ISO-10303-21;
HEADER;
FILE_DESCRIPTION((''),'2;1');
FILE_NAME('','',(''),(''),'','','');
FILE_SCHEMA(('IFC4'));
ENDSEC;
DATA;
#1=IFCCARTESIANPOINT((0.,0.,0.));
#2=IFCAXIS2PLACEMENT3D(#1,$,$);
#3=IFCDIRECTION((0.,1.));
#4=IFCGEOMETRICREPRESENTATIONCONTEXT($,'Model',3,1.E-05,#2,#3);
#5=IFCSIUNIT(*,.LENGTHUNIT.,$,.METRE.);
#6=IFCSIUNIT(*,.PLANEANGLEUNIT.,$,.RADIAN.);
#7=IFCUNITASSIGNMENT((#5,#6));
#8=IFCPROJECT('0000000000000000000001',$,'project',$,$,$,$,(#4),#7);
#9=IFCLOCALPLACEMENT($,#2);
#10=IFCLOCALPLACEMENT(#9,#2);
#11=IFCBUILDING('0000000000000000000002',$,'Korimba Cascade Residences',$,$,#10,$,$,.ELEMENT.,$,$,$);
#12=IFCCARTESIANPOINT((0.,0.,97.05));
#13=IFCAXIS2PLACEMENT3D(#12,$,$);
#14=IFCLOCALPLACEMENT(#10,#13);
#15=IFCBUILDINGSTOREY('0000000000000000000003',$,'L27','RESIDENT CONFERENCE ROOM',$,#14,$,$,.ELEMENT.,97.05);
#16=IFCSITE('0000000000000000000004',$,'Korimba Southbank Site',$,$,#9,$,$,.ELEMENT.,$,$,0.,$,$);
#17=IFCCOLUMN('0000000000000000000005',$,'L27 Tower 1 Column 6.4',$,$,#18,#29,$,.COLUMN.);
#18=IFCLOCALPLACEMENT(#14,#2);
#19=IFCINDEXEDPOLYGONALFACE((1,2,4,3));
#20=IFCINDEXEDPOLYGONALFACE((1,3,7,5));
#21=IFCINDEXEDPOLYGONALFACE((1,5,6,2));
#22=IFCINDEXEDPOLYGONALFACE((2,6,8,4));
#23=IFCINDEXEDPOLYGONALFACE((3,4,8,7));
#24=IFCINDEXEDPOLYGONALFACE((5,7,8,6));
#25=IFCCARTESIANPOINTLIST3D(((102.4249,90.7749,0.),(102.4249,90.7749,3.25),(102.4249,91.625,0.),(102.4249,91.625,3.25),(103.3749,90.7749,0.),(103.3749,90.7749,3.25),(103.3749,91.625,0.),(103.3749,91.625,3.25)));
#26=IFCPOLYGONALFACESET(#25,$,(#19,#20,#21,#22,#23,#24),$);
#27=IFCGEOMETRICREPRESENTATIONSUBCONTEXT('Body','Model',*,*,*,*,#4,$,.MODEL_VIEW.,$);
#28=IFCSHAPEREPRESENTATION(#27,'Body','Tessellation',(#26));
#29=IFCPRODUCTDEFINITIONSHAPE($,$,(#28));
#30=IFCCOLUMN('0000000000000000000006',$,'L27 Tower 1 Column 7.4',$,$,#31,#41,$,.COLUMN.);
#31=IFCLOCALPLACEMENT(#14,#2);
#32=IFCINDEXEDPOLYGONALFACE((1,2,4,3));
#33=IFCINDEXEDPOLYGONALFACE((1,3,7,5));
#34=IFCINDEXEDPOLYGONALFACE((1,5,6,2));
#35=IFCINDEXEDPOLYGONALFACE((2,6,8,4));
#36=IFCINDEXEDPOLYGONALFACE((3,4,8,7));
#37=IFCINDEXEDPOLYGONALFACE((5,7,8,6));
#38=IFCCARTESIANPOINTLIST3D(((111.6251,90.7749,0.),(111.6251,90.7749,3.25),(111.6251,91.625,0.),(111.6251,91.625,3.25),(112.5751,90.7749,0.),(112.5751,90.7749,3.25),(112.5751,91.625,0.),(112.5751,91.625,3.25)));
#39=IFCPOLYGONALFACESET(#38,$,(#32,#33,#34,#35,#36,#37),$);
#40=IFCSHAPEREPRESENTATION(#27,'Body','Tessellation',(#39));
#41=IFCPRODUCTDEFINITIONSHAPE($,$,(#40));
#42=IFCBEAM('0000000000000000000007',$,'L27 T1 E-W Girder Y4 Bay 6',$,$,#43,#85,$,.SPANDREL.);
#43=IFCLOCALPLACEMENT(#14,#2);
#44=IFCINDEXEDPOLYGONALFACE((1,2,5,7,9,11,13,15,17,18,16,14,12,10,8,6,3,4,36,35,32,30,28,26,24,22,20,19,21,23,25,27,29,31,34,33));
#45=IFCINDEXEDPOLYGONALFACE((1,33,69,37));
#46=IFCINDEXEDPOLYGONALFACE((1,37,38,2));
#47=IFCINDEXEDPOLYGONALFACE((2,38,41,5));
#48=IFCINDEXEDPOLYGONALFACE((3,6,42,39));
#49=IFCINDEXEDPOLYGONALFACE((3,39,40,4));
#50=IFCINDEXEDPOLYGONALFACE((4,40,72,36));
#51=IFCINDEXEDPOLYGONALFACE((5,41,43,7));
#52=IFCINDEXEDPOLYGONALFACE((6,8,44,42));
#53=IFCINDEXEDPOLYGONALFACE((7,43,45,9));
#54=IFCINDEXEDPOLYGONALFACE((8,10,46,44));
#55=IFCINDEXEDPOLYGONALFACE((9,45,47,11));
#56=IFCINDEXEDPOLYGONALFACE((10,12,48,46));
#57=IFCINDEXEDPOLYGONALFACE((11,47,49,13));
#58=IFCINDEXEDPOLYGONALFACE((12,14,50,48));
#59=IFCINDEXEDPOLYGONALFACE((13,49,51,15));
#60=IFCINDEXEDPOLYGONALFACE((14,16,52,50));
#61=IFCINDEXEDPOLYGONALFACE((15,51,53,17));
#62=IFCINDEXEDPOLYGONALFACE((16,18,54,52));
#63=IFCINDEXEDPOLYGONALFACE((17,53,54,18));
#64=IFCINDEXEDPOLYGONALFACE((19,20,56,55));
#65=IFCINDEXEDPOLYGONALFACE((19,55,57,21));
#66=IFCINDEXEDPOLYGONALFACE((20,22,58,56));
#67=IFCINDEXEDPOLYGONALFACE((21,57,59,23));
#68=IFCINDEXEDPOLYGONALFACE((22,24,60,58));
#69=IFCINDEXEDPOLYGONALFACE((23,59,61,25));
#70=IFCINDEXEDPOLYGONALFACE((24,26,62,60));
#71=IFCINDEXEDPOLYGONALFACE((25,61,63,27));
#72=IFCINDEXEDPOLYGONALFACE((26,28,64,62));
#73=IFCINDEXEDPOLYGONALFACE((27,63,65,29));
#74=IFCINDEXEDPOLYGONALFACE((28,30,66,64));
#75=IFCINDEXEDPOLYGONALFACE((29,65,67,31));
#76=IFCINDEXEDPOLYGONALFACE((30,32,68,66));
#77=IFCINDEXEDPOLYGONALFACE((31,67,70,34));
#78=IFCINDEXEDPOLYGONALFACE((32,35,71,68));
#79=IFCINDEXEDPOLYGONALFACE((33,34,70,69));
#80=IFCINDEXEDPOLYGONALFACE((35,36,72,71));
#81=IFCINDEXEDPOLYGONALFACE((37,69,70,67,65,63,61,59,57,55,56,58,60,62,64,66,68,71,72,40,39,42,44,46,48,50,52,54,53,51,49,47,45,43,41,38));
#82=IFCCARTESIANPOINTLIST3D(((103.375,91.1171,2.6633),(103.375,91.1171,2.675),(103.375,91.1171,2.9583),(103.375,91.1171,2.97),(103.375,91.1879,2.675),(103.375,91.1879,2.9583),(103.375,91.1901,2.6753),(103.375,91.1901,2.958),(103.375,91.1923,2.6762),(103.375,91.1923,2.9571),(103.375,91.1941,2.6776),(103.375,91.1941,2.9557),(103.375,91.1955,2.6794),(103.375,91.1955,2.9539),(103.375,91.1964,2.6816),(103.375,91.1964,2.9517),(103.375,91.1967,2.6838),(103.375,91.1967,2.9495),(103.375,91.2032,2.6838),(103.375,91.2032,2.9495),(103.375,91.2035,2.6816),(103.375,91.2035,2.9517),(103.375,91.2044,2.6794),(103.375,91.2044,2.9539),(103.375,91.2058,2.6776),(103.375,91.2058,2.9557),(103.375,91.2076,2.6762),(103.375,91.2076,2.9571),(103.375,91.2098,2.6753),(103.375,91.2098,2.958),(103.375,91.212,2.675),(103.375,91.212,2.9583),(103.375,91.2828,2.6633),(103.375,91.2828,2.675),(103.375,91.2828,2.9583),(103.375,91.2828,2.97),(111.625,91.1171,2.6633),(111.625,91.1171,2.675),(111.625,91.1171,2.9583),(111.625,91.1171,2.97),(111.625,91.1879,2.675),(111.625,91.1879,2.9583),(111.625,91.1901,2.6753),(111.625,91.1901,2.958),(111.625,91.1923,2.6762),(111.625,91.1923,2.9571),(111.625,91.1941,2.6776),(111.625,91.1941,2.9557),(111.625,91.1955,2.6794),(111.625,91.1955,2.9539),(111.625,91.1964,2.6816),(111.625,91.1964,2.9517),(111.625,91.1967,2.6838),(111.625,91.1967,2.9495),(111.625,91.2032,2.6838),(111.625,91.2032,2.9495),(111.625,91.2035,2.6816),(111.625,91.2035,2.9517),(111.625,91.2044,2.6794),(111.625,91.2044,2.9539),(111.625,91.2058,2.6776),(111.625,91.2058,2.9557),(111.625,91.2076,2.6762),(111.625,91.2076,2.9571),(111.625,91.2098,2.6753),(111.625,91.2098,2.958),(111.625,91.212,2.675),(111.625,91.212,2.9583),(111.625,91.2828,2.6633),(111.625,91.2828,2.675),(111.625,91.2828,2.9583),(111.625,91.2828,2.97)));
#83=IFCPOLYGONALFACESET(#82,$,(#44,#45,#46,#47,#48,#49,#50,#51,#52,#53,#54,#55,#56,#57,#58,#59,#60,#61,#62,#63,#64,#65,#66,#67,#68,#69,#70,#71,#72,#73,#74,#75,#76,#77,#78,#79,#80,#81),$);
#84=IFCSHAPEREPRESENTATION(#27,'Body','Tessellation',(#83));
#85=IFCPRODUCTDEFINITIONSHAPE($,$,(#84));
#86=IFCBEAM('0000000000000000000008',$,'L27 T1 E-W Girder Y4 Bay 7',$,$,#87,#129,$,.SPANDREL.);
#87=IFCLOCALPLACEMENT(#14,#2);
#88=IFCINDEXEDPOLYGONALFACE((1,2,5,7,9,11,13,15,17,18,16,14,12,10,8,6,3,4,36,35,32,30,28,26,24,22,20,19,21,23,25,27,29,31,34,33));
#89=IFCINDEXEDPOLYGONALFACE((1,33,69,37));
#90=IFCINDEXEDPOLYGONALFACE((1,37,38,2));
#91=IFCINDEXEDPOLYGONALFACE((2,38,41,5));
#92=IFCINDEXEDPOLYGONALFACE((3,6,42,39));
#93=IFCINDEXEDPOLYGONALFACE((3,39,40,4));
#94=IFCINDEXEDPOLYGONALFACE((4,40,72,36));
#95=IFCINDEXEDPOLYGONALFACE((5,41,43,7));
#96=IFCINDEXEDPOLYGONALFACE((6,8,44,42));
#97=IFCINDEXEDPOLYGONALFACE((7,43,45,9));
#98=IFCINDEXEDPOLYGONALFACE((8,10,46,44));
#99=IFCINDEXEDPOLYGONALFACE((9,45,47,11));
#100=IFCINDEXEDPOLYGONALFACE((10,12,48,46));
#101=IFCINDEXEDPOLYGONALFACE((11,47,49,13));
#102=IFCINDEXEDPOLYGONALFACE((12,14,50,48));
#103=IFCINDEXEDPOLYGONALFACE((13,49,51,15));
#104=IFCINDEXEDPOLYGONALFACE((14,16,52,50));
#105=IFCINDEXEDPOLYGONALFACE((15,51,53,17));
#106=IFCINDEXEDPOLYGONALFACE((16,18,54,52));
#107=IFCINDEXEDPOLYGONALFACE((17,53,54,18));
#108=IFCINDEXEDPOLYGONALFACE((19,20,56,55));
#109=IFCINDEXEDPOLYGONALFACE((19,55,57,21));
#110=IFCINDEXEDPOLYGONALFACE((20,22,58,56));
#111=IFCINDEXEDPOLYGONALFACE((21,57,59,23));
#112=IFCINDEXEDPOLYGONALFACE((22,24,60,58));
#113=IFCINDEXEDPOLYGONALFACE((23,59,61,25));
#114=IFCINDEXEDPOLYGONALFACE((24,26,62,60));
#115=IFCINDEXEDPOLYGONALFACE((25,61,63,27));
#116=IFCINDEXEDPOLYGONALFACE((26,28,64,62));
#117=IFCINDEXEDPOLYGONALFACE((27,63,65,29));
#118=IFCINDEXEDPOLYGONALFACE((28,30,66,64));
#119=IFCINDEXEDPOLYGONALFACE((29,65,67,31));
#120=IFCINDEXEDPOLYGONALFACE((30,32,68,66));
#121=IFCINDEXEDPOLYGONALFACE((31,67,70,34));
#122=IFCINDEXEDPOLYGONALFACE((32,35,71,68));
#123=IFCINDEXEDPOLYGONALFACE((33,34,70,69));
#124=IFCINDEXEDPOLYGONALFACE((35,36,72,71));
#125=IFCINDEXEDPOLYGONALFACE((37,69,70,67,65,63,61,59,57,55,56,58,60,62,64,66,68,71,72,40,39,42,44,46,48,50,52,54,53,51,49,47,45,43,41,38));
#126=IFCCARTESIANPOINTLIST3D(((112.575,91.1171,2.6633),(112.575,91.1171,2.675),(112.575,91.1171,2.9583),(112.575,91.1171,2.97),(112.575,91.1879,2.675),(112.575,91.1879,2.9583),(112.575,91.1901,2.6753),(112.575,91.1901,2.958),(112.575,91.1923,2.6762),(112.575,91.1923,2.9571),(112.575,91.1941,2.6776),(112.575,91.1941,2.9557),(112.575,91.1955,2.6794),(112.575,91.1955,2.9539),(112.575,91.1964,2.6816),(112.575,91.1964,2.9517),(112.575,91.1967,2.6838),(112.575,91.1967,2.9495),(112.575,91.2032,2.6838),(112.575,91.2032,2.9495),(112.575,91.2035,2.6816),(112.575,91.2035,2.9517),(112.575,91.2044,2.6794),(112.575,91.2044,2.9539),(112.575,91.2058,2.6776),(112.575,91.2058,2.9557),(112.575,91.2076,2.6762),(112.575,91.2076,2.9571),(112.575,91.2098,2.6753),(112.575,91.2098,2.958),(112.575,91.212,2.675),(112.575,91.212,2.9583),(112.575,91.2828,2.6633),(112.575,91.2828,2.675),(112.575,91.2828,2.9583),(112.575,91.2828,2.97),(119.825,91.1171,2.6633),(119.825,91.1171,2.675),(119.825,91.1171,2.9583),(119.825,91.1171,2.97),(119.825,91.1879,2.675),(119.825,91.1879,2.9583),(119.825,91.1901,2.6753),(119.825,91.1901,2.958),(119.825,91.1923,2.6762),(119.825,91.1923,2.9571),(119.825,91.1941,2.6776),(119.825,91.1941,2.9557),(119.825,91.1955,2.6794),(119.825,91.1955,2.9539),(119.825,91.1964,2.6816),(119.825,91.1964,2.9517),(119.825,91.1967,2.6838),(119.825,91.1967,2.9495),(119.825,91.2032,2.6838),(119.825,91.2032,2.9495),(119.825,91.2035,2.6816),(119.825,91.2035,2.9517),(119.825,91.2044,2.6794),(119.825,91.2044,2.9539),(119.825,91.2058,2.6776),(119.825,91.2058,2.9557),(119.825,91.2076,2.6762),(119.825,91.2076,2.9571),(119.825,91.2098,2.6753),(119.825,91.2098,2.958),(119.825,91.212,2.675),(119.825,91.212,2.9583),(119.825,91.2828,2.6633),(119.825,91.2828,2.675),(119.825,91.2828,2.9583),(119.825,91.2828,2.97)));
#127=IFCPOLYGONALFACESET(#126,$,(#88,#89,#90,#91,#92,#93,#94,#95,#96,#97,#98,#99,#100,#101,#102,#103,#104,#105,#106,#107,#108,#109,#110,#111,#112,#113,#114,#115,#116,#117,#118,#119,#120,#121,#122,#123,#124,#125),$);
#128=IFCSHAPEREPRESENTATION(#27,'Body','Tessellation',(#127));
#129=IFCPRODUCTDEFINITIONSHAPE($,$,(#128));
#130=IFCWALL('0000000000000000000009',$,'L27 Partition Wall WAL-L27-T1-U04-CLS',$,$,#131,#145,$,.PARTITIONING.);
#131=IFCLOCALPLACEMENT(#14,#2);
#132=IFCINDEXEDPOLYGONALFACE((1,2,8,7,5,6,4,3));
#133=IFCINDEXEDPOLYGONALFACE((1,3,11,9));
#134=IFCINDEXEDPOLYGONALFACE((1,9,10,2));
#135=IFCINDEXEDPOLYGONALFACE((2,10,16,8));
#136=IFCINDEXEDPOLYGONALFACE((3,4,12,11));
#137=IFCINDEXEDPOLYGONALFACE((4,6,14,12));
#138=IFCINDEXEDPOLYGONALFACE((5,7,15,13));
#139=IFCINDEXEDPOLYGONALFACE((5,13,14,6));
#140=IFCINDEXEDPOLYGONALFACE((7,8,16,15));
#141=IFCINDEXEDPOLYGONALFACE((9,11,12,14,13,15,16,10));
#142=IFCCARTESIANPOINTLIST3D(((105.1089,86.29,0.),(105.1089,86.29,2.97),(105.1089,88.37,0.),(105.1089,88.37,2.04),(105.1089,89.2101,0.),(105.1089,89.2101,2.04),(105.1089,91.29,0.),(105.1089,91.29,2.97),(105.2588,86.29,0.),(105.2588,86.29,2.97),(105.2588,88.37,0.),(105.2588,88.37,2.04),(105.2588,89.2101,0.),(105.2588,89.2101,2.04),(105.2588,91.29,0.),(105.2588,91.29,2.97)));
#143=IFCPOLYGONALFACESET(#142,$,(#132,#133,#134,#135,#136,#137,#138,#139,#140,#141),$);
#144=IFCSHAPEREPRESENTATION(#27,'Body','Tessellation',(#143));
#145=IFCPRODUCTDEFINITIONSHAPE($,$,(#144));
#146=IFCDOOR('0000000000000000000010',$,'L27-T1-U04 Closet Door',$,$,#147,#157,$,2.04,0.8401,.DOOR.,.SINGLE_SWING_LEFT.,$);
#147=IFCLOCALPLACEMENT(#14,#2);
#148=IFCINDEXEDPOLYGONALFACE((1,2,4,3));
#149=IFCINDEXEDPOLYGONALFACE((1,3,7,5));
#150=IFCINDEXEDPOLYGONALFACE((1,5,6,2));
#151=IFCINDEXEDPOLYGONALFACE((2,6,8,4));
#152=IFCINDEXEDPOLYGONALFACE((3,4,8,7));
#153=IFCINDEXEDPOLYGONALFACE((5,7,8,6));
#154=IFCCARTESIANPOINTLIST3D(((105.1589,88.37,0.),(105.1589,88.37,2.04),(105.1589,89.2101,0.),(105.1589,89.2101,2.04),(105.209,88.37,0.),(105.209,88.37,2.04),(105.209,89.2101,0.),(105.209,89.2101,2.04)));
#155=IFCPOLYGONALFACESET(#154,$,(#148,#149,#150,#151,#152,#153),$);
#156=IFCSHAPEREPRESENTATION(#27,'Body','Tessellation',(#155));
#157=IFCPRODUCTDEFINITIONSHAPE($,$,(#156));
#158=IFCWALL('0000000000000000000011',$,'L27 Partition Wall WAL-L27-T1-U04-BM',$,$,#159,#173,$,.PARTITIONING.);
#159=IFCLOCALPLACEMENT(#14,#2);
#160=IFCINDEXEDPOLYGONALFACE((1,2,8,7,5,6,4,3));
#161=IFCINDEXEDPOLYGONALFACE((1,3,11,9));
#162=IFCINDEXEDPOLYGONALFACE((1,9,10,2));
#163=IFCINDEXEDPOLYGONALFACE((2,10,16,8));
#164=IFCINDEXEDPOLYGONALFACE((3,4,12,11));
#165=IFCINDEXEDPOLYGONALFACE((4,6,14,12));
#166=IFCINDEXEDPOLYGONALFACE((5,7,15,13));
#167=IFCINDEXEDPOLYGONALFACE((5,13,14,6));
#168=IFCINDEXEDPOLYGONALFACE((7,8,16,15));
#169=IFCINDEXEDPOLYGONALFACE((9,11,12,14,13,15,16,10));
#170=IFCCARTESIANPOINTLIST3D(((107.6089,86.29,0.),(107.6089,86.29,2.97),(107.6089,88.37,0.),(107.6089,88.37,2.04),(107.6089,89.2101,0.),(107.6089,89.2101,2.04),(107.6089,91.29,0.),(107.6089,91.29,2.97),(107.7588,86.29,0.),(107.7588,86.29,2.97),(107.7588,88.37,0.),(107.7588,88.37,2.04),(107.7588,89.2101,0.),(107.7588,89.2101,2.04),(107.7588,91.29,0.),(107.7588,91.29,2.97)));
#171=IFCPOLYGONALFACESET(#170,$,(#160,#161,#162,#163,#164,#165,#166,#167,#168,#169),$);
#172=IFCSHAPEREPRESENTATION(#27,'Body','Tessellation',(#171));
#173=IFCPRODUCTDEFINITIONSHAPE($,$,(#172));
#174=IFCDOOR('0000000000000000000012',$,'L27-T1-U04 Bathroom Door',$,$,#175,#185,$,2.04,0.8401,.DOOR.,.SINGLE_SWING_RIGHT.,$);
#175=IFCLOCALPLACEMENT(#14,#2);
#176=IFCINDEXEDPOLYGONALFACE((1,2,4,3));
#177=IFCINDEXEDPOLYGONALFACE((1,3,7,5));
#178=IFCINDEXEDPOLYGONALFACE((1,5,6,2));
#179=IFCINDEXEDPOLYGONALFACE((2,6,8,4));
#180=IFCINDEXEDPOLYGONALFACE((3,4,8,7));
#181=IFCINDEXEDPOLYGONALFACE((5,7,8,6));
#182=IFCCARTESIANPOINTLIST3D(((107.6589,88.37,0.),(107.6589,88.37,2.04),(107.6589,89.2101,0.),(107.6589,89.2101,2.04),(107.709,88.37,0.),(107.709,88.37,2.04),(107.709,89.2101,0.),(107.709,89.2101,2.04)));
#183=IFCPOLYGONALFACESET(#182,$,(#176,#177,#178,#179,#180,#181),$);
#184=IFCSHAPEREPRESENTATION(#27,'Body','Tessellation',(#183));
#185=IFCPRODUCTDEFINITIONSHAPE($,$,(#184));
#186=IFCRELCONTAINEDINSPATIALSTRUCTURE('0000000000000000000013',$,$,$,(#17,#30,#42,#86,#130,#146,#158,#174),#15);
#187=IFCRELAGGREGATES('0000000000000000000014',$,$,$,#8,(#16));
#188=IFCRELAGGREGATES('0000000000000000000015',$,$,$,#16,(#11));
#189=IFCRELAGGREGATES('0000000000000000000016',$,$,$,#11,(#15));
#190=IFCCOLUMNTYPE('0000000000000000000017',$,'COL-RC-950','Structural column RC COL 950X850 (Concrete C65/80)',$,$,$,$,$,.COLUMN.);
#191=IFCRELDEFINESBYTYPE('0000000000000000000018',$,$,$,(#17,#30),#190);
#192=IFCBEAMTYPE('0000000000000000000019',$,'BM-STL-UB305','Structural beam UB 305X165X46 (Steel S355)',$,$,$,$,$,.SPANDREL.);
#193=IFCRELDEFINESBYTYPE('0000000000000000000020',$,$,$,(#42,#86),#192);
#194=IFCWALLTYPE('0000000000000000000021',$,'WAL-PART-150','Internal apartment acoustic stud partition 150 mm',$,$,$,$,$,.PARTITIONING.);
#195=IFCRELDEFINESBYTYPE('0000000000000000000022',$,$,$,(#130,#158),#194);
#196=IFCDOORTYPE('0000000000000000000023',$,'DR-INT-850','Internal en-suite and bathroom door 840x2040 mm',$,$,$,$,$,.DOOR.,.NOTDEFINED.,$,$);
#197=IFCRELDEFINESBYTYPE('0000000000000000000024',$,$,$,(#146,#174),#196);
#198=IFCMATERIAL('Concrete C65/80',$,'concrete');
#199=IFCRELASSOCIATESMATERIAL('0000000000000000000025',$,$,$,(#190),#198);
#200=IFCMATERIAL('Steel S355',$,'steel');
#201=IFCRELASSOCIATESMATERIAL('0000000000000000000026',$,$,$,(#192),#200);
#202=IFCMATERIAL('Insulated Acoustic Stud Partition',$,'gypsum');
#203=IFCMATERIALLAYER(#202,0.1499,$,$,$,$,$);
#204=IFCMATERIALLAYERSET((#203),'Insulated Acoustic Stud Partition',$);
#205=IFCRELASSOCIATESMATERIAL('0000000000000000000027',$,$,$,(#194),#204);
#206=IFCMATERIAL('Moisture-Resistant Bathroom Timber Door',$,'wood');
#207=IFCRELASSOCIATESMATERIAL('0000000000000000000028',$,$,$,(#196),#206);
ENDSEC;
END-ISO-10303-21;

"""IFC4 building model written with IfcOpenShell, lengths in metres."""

from ifc_helpers import new_model, si_unit, direction, frame, frame_2d, origin, origin_2d, place, context, subcontext, project, spatial, rectangle, i_section, extrude, material, layer, layer_set, material_profile, profile_set, type_object, element, fill, save


model = new_model("IFC4")

# Units and contexts
model_context = context("Model", 3, precision=1e-05, world=origin(), true_north=direction((0.0, 1.0)))
body_context = subcontext(model_context, "Body", "Model", "MODEL_VIEW")
ifc_project = project(units=[si_unit("LENGTHUNIT", "METRE"), si_unit("PLANEANGLEUNIT", "RADIAN")], contexts=[model_context])

# Site, building, storey
site_placement = place(None, origin())
site = spatial("IfcSite", under=ifc_project, at=site_placement, Name="Korimba Southbank Site", CompositionType="ELEMENT", RefElevation=0.0)
building_placement = place(site_placement, origin())
building = spatial("IfcBuilding", under=site, at=building_placement, Name="Korimba Cascade Residences", CompositionType="ELEMENT")
storey_placement = place(building_placement, frame((0.0, 0.0, 97.05)))
storey = spatial("IfcBuildingStorey", under=building, at=storey_placement, Name="L27", Description="RESIDENT CONFERENCE ROOM", CompositionType="ELEMENT", Elevation=97.05)

# Columns
ifc_material_1 = material(Name="Concrete C65/80", Category="concrete")
ifc_material_profile_1 = material_profile(ifc_material_1, rectangle(XDim=0.95, YDim=0.8501, at=origin_2d()), Name="Concrete C65/80")
ifc_profile_set_1 = profile_set([ifc_material_profile_1], Name="Concrete C65/80")
column_type = type_object("IfcColumnType", Name="COL-RC-950", Description="Structural column RC COL 950X850 (Concrete C65/80)", PredefinedType="COLUMN", material=ifc_profile_set_1)
for number, where, z_axis, x_axis, name in (
    (1, (102.8999, 91.2, 0.0), (0.0, 0.0, 1.0), (1.0, 0.0, 0.0), "L27 Tower 1 Column 6.4"),
    (2, (112.1001, 91.2, 0.0), (0.0, 0.0, 1.0), (1.0, 0.0, 0.0), "L27 Tower 1 Column 7.4"),
):
    element("IfcColumn", number, at=place(storey_placement, frame(where, z_axis=z_axis, x_axis=x_axis)), inside=storey, type_object=column_type, Name=name, PredefinedType="COLUMN", context=body_context, shape_type="SweptSolid", body=[
        extrude(rectangle(XDim=0.95, YDim=0.8501, at=origin_2d()), origin(), (0.0, 0.0, 1.0), 3.25),
    ])

# Beams
ifc_material_2 = material(Name="Steel S355", Category="steel")
ifc_material_profile_2 = material_profile(ifc_material_2, i_section(OverallWidth=0.1658, OverallDepth=0.3066, WebThickness=0.0066, FlangeThickness=0.0117, FilletRadius=0.0088, at=origin_2d()), Name="Steel S355")
ifc_profile_set_2 = profile_set([ifc_material_profile_2], Name="Steel S355")
beam_type = type_object("IfcBeamType", Name="BM-STL-UB305", Description="Structural beam UB 305X165X46 (Steel S355)", PredefinedType="SPANDREL", material=ifc_profile_set_2)
beam_1_placement = place(storey_placement, frame((103.375, 91.2, 2.8167), z_axis=(1.0, 0.0, 0.0), x_axis=(0.0, 1.0, 0.0)))
element("IfcBeam", 3, at=beam_1_placement, inside=storey, type_object=beam_type, Name="L27 T1 E-W Girder Y4 Bay 6", PredefinedType="SPANDREL", context=body_context, shape_type="SweptSolid", body=[
    extrude(i_section(OverallWidth=0.1658, OverallDepth=0.3066, WebThickness=0.0066, FlangeThickness=0.0117, FilletRadius=0.0088, at=origin_2d()), origin(), (0.0, 0.0, 1.0), 8.25),
])
beam_2_placement = place(storey_placement, frame((112.575, 91.2, 2.8167), z_axis=(1.0, 0.0, 0.0), x_axis=(0.0, 1.0, 0.0)))
element("IfcBeam", 4, at=beam_2_placement, inside=storey, type_object=beam_type, Name="L27 T1 E-W Girder Y4 Bay 7", PredefinedType="SPANDREL", context=body_context, shape_type="SweptSolid", body=[
    extrude(i_section(OverallWidth=0.1658, OverallDepth=0.3066, WebThickness=0.0066, FlangeThickness=0.0117, FilletRadius=0.0088, at=origin_2d()), origin(), (0.0, 0.0, 1.0), 7.25),
])

# Walls, openings, doors
ifc_material_3 = material(Name="Insulated Acoustic Stud Partition", Category="gypsum")
ifc_layer = layer(ifc_material_3, 0.1499)
ifc_layer_set = layer_set([ifc_layer], Name="Insulated Acoustic Stud Partition")
wall_type = type_object("IfcWallType", Name="WAL-PART-150", Description="Internal apartment acoustic stud partition 150 mm", PredefinedType="PARTITIONING", material=ifc_layer_set)
wall_1_placement = place(storey_placement, frame((105.1838, 86.29, 0.0), z_axis=(0.0, 0.0, 1.0), x_axis=(0.0, 1.0, 0.0)))
wall_1 = element("IfcWall", 5, at=wall_1_placement, inside=storey, type_object=wall_type, Name="L27 Partition Wall WAL-L27-T1-U04-CLS", PredefinedType="PARTITIONING", context=body_context, shape_type="SweptSolid", body=[
    extrude(rectangle(XDim=5.0, YDim=0.1499, at=frame_2d((2.5, 0.0))), origin(), (0.0, 0.0, 1.0), 2.97),
])
opening_1_placement = place(wall_1_placement, frame((2.0801, 0.0, 0.0)))
opening_1 = element("IfcOpeningElement", 6, at=opening_1_placement, cuts=wall_1, PredefinedType="OPENING", context=body_context, shape_type="SweptSolid", body=[
    extrude(rectangle(XDim=0.8401, YDim=2.04, at=frame_2d((0.4199, 1.02))), frame((0.0, 0.085, 0.0), z_axis=(0.0, -1.0, 0.0), x_axis=(1.0, 0.0, 0.0)), (0.0, 0.0, 1.0), 0.1699),
])
ifc_material_4 = material(Name="Moisture-Resistant Bathroom Timber Door", Category="wood")
door_type_1 = type_object("IfcDoorType", Name="DR-INT-850", Description="Internal en-suite and bathroom door 840x2040 mm", OperationType="NOTDEFINED", PredefinedType="DOOR", material=ifc_material_4)
door_1_placement = place(opening_1_placement, origin())
door_1 = element("IfcDoor", 7, at=door_1_placement, inside=storey, type_object=door_type_1, Name="L27-T1-U04 Closet Door", OperationType="SINGLE_SWING_LEFT", OverallHeight=2.04, OverallWidth=0.8401, PredefinedType="DOOR", context=body_context, shape_type="SweptSolid", body=[
    extrude(rectangle(XDim=0.8401, YDim=2.04, at=frame_2d((0.4199, 1.02))), frame((0.0, 0.0249, 0.0), z_axis=(0.0, -1.0, 0.0), x_axis=(1.0, 0.0, 0.0)), (0.0, 0.0, 1.0), 0.05),
])
fill(opening_1, door_1)
wall_2_placement = place(storey_placement, frame((107.6838, 86.29, 0.0), z_axis=(0.0, 0.0, 1.0), x_axis=(0.0, 1.0, 0.0)))
wall_2 = element("IfcWall", 8, at=wall_2_placement, inside=storey, type_object=wall_type, Name="L27 Partition Wall WAL-L27-T1-U04-BM", PredefinedType="PARTITIONING", context=body_context, shape_type="SweptSolid", body=[
    extrude(rectangle(XDim=5.0, YDim=0.1499, at=frame_2d((2.5, 0.0))), origin(), (0.0, 0.0, 1.0), 2.97),
])
opening_2_placement = place(wall_2_placement, frame((2.0801, 0.0, 0.0)))
opening_2 = element("IfcOpeningElement", 9, at=opening_2_placement, cuts=wall_2, PredefinedType="OPENING", context=body_context, shape_type="SweptSolid", body=[
    extrude(rectangle(XDim=0.8401, YDim=2.04, at=frame_2d((0.4199, 1.02))), frame((0.0, 0.085, 0.0), z_axis=(0.0, -1.0, 0.0), x_axis=(1.0, 0.0, 0.0)), (0.0, 0.0, 1.0), 0.1699),
])
door_2_placement = place(opening_2_placement, origin())
door_2 = element("IfcDoor", 10, at=door_2_placement, inside=storey, type_object=door_type_1, Name="L27-T1-U04 Bathroom Door", OperationType="SINGLE_SWING_RIGHT", OverallHeight=2.04, OverallWidth=0.8401, PredefinedType="DOOR", context=body_context, shape_type="SweptSolid", body=[
    extrude(rectangle(XDim=0.8401, YDim=2.04, at=frame_2d((0.4199, 1.02))), frame((0.0, 0.0249, 0.0), z_axis=(0.0, -1.0, 0.0), x_axis=(1.0, 0.0, 0.0)), (0.0, 0.0, 1.0), 0.05),
])
fill(opening_2, door_2)

save(model, "model.ifc")
